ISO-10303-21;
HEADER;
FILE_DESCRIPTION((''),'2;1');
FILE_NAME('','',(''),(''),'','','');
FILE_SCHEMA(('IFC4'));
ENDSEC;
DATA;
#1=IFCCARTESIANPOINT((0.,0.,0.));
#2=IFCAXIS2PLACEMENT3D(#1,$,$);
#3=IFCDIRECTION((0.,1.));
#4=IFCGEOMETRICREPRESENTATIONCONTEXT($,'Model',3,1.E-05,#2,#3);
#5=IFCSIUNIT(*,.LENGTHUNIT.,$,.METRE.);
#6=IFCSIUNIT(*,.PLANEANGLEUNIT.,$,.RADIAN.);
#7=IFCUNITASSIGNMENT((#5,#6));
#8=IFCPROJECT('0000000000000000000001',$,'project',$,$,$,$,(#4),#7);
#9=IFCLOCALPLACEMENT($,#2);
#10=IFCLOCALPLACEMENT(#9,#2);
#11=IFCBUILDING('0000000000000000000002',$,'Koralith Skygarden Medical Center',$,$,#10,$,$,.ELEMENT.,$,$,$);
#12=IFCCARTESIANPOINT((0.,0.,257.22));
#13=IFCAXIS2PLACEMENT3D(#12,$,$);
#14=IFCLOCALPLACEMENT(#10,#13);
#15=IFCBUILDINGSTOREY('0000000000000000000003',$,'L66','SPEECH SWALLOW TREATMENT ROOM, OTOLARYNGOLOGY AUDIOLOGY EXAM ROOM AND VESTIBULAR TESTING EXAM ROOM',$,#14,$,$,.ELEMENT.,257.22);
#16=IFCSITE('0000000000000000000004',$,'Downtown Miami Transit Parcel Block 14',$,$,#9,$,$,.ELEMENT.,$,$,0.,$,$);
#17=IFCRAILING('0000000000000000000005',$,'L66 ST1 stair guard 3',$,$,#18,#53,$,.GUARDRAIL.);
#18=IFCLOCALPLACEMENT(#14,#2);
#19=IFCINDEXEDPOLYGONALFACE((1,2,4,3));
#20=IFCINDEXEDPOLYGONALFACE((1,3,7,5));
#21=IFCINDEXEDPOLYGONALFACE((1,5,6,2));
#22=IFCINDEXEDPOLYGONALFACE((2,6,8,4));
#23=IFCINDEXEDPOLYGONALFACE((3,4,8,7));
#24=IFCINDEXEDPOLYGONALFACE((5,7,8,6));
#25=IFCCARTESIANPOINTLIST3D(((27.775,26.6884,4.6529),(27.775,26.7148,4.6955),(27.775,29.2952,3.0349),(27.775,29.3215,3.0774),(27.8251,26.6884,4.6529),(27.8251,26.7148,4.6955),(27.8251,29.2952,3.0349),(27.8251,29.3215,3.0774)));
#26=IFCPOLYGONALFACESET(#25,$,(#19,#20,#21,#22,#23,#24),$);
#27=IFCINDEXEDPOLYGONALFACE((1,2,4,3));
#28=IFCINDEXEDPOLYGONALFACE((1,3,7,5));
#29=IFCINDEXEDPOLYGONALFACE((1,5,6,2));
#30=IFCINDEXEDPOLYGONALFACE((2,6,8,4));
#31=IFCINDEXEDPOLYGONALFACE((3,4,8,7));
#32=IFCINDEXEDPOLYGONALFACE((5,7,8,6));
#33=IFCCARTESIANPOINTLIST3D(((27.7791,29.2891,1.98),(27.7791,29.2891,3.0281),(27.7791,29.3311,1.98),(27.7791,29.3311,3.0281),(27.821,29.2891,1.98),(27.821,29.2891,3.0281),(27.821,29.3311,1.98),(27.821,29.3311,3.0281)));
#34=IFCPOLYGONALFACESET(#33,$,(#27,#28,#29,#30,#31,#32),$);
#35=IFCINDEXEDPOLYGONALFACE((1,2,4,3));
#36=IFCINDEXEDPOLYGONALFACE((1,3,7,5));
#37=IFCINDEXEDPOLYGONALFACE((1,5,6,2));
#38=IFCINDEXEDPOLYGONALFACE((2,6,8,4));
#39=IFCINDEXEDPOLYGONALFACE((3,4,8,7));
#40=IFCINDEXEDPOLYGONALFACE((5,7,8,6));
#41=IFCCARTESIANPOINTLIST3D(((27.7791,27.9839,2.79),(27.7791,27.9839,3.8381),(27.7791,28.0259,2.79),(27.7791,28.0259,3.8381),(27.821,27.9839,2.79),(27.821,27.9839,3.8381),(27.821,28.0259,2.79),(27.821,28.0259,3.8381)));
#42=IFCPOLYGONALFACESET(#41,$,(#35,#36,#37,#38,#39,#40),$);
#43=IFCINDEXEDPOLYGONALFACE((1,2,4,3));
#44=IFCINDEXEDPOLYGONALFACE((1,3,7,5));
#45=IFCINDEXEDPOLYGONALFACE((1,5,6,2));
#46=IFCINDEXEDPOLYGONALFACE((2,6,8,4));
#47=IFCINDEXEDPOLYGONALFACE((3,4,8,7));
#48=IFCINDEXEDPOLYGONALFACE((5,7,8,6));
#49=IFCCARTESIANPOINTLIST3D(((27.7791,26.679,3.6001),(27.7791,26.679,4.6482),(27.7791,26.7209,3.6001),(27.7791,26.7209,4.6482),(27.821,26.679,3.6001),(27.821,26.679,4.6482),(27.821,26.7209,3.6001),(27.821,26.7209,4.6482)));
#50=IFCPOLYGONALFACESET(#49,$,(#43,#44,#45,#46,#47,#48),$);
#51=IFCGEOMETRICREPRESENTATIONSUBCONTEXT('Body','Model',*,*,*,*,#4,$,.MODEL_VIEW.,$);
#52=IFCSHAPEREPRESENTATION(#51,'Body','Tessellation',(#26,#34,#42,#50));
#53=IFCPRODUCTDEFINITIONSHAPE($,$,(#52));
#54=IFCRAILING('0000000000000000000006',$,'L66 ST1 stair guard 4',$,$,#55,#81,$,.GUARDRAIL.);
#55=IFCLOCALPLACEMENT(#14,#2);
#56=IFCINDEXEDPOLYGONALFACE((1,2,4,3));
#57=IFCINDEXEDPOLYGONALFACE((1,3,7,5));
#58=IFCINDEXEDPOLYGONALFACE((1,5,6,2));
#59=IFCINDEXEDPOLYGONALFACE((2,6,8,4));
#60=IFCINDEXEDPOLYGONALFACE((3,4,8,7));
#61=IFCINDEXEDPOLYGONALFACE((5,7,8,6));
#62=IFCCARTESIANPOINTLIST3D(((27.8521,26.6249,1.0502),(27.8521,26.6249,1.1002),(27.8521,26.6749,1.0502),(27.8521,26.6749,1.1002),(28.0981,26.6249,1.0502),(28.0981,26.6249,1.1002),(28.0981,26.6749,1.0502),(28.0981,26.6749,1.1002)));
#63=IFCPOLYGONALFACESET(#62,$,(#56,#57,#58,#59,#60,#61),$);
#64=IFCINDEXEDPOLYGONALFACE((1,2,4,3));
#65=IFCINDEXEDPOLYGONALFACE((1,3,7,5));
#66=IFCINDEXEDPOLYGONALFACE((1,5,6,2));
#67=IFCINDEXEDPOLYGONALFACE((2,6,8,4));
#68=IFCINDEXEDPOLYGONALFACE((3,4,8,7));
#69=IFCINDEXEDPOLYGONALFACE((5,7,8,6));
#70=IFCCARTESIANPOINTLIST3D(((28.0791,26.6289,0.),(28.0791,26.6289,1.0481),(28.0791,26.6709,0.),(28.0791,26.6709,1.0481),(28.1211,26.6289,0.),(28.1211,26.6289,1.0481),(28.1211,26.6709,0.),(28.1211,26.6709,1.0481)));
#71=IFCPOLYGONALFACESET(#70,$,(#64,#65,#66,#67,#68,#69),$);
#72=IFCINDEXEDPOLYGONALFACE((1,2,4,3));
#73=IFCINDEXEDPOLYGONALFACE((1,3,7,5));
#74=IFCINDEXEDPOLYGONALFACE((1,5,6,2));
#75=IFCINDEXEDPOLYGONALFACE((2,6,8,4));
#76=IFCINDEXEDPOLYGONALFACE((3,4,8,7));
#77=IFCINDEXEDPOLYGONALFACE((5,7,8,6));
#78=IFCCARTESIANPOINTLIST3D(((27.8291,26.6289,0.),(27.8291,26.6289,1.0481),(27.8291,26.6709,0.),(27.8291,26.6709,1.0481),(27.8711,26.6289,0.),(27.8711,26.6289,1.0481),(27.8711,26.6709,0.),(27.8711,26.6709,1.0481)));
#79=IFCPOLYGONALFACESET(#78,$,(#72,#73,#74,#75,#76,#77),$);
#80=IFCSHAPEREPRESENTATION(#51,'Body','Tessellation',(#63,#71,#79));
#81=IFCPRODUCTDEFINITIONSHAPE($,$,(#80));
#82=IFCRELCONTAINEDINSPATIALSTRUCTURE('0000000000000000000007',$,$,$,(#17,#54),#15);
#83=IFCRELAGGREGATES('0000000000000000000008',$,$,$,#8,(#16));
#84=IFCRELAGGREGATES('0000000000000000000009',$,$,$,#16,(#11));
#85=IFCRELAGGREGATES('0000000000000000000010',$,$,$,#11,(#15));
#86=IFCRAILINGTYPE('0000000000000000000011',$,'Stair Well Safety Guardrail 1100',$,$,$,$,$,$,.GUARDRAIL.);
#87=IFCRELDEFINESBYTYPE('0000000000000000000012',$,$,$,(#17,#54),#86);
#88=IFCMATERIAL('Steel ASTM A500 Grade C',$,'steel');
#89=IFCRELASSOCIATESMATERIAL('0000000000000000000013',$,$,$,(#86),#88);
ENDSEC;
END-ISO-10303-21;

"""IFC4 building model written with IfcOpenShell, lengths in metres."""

from ifc_helpers import new_model, si_unit, direction, frame, origin, origin_2d, place, context, subcontext, project, spatial, rectangle, extrude, material, type_object, element, save


model = new_model("IFC4")

# Units and contexts
model_context = context("Model", 3, precision=1e-05, world=origin(), true_north=direction((0.0, 1.0)))
body_context = subcontext(model_context, "Body", "Model", "MODEL_VIEW")
ifc_project = project(units=[si_unit("LENGTHUNIT", "METRE"), si_unit("PLANEANGLEUNIT", "RADIAN")], contexts=[model_context])

# Site, building, storey
site_placement = place(None, origin())
site = spatial("IfcSite", under=ifc_project, at=site_placement, Name="Downtown Miami Transit Parcel Block 14", CompositionType="ELEMENT", RefElevation=0.0)
building_placement = place(site_placement, origin())
building = spatial("IfcBuilding", under=site, at=building_placement, Name="Koralith Skygarden Medical Center", CompositionType="ELEMENT")
storey_placement = place(building_placement, frame((0.0, 0.0, 257.22)))
storey = spatial("IfcBuildingStorey", under=building, at=storey_placement, Name="L66", Description="SPEECH SWALLOW TREATMENT ROOM, OTOLARYNGOLOGY AUDIOLOGY EXAM ROOM AND VESTIBULAR TESTING EXAM ROOM", CompositionType="ELEMENT", Elevation=257.22)

# Shared definitions
ifc_material_1 = material(Name="Steel ASTM A500 Grade C", Category="steel")

# Railings
railing_type_1 = type_object("IfcRailingType", Name="Stair Well Safety Guardrail 1100", PredefinedType="GUARDRAIL", material=ifc_material_1)
railing_1_placement = place(storey_placement, frame((27.8, 29.3101, 1.98)))
element("IfcRailing", 1, at=railing_1_placement, inside=storey, type_object=railing_type_1, Name="L66 ST1 stair guard 3", PredefinedType="GUARDRAIL", context=body_context, shape_type="SweptSolid", body=[
    extrude(rectangle(XDim=0.05, YDim=0.05, at=origin_2d()), frame((0.0, -0.0017, 1.0762), z_axis=(0.0, -0.849633, 0.527375), x_axis=(1.0, 0.0, 0.0)), (0.0, 0.0, 1.0), 3.0681),
    extrude(rectangle(XDim=0.042, YDim=0.042, at=origin_2d()), origin(), (0.0, 0.0, 1.0), 1.0481),
    extrude(rectangle(XDim=0.042, YDim=0.042, at=origin_2d()), frame((0.0, -1.3052, 0.8101)), (0.0, 0.0, 1.0), 1.0481),
    extrude(rectangle(XDim=0.042, YDim=0.042, at=origin_2d()), frame((0.0, -2.6101, 1.6201)), (0.0, 0.0, 1.0), 1.0481),
])
railing_2_placement = place(storey_placement, frame((28.1001, 26.6499, 0.0)))
element("IfcRailing", 2, at=railing_2_placement, inside=storey, type_object=railing_type_1, Name="L66 ST1 stair guard 4", PredefinedType="GUARDRAIL", context=body_context, shape_type="SweptSolid", body=[
    extrude(rectangle(XDim=0.05, YDim=0.05, at=origin_2d()), frame((-0.002, 0.0, 1.0752), z_axis=(-1.0, 0.0, 0.0), x_axis=(0.0, -1.0, 0.0)), (0.0, 0.0, 1.0), 0.2461),
    extrude(rectangle(XDim=0.042, YDim=0.042, at=origin_2d()), origin(), (0.0, 0.0, 1.0), 1.0481),
    extrude(rectangle(XDim=0.042, YDim=0.042, at=origin_2d()), frame((-0.25, 0.0, 0.0)), (0.0, 0.0, 1.0), 1.0481),
])

save(model, "model.ifc")
